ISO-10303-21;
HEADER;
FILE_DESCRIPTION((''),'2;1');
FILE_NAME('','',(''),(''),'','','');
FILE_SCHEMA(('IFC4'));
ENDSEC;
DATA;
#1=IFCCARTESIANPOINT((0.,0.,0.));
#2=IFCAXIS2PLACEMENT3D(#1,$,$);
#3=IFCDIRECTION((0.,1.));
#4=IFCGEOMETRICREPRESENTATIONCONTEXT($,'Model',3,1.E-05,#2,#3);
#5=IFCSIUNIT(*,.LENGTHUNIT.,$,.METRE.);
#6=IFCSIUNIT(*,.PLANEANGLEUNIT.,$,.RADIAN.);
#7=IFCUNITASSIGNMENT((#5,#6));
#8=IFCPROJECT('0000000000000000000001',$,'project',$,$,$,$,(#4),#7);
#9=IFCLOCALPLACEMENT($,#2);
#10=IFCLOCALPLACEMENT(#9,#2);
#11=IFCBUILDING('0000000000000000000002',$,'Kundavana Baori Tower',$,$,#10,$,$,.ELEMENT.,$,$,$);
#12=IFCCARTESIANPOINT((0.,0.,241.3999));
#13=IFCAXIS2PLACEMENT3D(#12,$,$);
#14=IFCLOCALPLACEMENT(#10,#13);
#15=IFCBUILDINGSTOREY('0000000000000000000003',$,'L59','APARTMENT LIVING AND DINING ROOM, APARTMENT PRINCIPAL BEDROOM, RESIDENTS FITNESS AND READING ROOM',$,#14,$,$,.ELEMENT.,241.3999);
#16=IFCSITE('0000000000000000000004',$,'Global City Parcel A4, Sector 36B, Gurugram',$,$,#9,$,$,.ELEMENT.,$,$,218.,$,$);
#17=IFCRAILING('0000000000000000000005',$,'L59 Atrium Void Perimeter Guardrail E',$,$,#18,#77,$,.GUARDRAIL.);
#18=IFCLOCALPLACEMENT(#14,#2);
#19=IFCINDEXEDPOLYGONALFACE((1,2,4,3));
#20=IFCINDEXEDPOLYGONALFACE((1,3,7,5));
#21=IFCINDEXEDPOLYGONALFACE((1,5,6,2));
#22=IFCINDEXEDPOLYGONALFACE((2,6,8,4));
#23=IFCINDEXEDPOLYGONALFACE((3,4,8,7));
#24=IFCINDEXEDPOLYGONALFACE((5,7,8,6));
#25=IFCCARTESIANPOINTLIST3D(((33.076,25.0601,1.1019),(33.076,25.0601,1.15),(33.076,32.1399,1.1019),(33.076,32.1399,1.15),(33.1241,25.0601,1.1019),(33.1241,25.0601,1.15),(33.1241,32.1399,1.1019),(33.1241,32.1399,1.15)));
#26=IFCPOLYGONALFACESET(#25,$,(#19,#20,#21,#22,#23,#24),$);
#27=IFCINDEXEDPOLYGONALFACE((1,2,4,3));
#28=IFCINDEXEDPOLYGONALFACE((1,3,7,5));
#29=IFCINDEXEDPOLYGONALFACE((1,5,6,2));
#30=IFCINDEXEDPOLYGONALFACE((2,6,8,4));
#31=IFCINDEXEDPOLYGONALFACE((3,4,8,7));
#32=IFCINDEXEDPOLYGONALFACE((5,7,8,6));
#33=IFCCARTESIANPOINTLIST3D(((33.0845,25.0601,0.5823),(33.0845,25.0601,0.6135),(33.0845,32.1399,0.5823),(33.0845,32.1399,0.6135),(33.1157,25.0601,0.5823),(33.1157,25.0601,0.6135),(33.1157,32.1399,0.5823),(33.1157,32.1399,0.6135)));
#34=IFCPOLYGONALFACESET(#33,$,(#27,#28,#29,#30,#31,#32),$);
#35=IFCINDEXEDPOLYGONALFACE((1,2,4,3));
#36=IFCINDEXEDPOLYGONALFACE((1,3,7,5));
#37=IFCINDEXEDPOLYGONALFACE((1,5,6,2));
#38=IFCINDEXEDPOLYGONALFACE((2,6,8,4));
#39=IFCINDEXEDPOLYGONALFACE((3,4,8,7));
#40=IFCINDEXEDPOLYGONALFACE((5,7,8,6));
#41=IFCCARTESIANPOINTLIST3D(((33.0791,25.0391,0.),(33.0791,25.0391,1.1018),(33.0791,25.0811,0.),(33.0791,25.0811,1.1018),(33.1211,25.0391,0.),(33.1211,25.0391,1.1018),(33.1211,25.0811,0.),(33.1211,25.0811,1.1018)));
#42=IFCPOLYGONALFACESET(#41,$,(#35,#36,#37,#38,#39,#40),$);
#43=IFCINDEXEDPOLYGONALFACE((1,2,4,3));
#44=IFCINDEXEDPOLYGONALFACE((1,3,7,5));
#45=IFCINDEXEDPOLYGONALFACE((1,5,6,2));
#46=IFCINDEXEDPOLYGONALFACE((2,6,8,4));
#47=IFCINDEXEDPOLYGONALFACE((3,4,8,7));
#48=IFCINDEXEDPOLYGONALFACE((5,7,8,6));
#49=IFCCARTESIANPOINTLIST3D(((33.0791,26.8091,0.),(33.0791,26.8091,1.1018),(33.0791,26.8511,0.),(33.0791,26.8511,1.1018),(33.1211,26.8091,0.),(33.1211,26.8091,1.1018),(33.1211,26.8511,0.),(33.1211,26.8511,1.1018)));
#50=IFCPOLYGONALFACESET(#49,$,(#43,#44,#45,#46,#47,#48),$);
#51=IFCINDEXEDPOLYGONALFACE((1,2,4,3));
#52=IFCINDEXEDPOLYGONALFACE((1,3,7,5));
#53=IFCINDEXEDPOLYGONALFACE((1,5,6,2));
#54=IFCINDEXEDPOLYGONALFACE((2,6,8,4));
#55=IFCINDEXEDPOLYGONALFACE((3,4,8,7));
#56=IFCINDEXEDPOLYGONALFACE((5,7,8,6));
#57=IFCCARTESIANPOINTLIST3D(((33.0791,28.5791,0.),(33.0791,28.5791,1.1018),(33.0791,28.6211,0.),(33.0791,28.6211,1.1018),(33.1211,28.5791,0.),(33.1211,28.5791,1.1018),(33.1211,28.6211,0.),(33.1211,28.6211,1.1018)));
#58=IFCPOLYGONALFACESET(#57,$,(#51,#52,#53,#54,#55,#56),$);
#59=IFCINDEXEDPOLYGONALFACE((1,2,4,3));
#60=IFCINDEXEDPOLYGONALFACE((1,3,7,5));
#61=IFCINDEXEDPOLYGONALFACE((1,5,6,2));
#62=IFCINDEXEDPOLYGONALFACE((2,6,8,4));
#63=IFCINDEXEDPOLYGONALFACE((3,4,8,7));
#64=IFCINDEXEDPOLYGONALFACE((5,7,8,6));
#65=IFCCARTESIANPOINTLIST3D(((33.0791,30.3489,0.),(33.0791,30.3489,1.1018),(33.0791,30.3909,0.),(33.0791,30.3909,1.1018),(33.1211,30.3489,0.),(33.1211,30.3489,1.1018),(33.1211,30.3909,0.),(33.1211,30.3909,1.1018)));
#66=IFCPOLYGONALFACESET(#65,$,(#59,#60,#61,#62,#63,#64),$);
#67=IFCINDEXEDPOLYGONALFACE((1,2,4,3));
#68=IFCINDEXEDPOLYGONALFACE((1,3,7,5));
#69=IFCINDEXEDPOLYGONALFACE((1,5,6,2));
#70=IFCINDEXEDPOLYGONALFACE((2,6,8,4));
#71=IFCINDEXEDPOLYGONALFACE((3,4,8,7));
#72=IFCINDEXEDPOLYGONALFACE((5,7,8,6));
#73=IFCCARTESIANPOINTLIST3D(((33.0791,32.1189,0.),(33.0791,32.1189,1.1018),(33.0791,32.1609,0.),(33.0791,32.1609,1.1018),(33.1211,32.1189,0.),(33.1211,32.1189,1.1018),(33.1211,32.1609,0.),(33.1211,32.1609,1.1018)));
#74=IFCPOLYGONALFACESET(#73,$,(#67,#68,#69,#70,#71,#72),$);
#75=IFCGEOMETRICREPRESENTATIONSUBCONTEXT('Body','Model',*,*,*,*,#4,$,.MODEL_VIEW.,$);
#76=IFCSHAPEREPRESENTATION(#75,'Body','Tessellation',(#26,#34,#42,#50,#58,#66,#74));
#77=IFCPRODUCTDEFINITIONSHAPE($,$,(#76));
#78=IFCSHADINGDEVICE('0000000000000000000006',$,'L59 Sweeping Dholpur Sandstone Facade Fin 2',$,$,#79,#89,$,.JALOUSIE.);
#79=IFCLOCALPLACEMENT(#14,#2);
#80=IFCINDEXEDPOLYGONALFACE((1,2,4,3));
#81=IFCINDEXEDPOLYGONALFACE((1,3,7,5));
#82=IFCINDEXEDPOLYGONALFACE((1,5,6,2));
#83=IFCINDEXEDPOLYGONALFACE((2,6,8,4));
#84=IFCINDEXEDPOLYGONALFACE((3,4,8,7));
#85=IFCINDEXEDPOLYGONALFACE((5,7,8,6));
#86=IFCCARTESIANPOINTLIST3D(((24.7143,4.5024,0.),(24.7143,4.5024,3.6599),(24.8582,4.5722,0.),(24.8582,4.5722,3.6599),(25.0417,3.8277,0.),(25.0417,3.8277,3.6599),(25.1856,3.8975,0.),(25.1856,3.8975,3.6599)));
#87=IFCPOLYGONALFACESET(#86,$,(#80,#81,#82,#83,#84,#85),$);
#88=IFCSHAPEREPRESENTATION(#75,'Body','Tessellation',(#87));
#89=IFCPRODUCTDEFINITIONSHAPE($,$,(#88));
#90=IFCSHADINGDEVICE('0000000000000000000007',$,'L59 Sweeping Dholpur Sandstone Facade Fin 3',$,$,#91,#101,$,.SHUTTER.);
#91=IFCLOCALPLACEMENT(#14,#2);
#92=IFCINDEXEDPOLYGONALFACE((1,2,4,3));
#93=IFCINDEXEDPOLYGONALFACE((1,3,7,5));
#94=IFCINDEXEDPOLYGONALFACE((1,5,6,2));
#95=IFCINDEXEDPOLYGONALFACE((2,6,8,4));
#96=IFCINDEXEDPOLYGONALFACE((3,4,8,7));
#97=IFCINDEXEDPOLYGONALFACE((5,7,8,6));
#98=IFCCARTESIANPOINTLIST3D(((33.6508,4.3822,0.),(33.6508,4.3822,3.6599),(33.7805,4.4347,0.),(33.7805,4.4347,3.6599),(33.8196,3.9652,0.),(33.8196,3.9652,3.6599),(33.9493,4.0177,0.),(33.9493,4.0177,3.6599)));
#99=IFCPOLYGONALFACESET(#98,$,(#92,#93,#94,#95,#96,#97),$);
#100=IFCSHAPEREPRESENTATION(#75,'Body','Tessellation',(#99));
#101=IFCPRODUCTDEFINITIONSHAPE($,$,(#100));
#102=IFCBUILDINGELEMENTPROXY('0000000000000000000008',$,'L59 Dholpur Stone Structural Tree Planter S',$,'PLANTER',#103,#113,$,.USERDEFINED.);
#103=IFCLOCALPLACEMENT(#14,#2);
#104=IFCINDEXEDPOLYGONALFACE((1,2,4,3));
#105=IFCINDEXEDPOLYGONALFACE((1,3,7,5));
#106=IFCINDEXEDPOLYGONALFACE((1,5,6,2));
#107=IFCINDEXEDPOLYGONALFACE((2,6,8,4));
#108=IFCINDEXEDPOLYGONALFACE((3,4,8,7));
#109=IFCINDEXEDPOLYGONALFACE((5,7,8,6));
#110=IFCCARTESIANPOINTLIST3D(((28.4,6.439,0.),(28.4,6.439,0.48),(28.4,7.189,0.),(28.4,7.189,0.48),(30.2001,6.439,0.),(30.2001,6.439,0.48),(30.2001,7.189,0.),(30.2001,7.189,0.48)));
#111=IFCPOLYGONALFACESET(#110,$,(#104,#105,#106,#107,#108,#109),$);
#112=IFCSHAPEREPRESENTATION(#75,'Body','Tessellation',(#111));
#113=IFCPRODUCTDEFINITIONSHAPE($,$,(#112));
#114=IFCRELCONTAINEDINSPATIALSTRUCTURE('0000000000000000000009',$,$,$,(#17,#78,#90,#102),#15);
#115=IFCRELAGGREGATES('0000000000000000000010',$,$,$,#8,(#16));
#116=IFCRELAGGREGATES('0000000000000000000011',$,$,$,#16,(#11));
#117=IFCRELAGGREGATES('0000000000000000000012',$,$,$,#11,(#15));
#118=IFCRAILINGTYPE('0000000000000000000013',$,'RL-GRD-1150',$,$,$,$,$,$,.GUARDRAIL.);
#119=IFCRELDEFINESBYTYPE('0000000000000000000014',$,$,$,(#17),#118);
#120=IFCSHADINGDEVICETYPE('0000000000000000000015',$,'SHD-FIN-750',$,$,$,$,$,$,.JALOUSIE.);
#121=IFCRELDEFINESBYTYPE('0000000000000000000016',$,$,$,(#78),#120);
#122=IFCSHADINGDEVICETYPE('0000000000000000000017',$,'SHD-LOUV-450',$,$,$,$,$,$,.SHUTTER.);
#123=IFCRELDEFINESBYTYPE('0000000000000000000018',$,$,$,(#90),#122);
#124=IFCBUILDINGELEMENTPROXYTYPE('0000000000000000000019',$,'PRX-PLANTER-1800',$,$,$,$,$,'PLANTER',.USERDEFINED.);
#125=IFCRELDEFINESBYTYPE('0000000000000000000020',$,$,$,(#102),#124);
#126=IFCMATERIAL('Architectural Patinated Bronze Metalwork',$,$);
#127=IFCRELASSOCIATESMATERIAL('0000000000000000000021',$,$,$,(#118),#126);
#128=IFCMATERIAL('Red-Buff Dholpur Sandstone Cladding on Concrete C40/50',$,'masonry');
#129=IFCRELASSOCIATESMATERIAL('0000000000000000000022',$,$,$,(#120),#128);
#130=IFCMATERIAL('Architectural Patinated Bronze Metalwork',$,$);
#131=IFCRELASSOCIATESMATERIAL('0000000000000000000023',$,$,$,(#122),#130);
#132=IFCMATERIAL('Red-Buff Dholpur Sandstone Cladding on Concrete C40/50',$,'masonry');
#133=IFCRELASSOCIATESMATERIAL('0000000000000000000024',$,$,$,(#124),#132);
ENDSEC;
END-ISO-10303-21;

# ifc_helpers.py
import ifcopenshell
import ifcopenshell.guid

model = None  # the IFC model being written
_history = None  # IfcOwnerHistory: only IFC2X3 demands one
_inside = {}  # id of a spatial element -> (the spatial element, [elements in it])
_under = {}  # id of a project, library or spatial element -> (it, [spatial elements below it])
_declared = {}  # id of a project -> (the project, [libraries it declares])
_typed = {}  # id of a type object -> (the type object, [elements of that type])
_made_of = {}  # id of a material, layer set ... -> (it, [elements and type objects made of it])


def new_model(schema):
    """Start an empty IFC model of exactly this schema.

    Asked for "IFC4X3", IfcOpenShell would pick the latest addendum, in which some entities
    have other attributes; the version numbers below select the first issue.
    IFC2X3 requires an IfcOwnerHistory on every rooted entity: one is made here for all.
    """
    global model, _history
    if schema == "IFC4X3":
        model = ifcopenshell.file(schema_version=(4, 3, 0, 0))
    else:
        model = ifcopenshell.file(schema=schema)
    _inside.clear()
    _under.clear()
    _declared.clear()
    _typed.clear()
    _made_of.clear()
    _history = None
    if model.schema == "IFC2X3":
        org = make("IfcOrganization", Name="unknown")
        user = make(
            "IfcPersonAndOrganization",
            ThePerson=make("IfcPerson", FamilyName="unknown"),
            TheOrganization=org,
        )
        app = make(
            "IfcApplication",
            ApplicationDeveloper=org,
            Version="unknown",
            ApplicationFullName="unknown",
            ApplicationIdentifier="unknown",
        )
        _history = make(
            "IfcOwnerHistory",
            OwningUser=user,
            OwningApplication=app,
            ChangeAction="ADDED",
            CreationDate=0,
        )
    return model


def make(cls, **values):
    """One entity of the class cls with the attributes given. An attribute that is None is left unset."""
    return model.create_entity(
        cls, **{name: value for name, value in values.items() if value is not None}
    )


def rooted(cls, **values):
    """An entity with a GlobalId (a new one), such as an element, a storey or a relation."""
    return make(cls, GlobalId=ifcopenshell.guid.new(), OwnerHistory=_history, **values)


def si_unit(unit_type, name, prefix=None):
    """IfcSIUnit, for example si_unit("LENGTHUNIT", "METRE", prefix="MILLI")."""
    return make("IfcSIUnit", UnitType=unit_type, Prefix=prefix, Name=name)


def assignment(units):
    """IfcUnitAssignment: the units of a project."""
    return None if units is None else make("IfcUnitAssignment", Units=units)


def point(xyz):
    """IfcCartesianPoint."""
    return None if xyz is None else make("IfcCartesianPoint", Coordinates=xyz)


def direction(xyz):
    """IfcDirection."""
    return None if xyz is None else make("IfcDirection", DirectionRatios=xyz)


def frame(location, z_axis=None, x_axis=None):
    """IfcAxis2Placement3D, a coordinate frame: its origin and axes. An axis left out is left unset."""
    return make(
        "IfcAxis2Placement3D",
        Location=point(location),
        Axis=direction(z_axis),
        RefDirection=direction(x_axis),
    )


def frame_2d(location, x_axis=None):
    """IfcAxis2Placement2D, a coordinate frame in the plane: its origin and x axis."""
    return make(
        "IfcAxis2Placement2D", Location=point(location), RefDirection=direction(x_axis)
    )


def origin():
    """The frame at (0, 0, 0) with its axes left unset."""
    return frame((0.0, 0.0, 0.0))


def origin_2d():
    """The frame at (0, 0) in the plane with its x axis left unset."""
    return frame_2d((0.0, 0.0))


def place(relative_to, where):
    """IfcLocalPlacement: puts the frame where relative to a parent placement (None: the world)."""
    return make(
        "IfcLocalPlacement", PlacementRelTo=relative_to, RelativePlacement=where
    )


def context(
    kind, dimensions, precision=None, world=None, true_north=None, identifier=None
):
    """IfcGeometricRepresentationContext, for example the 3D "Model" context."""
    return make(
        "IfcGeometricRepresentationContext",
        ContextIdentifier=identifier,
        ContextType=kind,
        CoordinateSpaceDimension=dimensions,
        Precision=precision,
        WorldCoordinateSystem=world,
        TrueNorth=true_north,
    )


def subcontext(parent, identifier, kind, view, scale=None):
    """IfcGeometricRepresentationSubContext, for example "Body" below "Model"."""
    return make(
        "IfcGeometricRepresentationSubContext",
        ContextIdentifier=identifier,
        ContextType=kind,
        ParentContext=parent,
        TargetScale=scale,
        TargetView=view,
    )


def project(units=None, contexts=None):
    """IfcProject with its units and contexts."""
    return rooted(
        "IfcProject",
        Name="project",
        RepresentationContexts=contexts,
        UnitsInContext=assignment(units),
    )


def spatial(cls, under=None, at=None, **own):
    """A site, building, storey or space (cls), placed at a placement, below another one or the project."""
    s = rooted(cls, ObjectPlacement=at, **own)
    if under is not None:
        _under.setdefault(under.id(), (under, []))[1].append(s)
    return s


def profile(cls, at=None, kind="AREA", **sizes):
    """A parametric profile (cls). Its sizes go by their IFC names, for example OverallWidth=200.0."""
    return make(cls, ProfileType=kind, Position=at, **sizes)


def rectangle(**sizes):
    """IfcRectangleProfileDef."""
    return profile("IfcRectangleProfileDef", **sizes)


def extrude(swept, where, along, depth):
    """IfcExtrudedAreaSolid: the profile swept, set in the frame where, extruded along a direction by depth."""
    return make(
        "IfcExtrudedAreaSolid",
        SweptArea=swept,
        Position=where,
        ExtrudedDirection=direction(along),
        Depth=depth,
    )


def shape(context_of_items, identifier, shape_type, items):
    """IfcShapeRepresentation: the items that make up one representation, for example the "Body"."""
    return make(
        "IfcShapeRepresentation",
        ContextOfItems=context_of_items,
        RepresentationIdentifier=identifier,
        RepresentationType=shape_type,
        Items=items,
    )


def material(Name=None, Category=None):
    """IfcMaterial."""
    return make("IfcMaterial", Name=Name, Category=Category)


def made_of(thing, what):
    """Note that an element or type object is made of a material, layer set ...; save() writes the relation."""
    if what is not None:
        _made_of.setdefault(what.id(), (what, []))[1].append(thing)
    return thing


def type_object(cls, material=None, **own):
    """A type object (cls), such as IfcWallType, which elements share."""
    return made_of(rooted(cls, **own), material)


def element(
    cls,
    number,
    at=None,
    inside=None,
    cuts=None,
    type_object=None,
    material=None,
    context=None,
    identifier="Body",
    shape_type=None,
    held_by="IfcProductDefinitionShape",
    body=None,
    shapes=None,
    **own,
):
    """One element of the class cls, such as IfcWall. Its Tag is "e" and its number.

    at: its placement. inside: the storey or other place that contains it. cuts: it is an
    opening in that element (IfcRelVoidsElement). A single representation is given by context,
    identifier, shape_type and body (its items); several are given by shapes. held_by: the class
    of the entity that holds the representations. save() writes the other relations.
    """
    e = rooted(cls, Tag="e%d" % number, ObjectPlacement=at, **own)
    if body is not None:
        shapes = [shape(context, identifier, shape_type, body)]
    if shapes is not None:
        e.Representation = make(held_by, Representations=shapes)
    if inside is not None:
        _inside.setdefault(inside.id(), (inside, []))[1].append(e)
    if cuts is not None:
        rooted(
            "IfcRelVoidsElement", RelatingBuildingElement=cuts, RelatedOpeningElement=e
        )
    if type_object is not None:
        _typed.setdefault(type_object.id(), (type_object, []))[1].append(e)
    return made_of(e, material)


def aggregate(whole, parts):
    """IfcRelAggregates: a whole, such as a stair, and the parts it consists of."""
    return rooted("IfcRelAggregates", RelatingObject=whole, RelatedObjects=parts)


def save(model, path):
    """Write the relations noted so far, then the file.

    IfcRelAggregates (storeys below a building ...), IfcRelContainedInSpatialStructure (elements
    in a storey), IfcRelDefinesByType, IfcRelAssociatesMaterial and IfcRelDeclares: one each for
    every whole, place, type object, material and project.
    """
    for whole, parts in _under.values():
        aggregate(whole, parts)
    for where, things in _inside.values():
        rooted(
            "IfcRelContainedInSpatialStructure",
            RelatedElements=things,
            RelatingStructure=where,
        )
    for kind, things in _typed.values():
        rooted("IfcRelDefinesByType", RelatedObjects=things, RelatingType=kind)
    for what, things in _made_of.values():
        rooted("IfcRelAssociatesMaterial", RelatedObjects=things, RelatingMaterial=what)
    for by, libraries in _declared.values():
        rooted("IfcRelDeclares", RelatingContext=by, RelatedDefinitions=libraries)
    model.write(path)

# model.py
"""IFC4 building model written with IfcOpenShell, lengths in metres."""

from ifc_helpers import new_model, si_unit, direction, frame, origin, origin_2d, place, context, subcontext, project, spatial, rectangle, extrude, material, type_object, element, save


model = new_model("IFC4")

# Units and contexts
model_context = context("Model", 3, precision=1e-05, world=origin(), true_north=direction((0.0, 1.0)))
body_context = subcontext(model_context, "Body", "Model", "MODEL_VIEW")
ifc_project = project(units=[si_unit("LENGTHUNIT", "METRE"), si_unit("PLANEANGLEUNIT", "RADIAN")], contexts=[model_context])

# Site, building, storey
site_placement = place(None, origin())
site = spatial("IfcSite", under=ifc_project, at=site_placement, Name="Global City Parcel A4, Sector 36B, Gurugram", CompositionType="ELEMENT", RefElevation=218.0)
building_placement = place(site_placement, origin())
building = spatial("IfcBuilding", under=site, at=building_placement, Name="Kundavana Baori Tower", CompositionType="ELEMENT")
storey_placement = place(building_placement, frame((0.0, 0.0, 241.3999)))
storey = spatial("IfcBuildingStorey", under=building, at=storey_placement, Name="L59", Description="APARTMENT LIVING AND DINING ROOM, APARTMENT PRINCIPAL BEDROOM, RESIDENTS FITNESS AND READING ROOM", CompositionType="ELEMENT", Elevation=241.3999)

# Railing
ifc_material_1 = material(Name="Architectural Patinated Bronze Metalwork")
railing_type = type_object("IfcRailingType", Name="RL-GRD-1150", PredefinedType="GUARDRAIL", material=ifc_material_1)
railing_1_placement = place(storey_placement, frame((33.1001, 25.0601, 0.0)))
element("IfcRailing", 1, at=railing_1_placement, inside=storey, type_object=railing_type, Name="L59 Atrium Void Perimeter Guardrail E", PredefinedType="GUARDRAIL", context=body_context, shape_type="SweptSolid", body=[
    extrude(rectangle(XDim=0.0481, YDim=0.0481, at=origin_2d()), frame((0.0, 0.0, 1.126), z_axis=(0.0, 1.0, 0.0), x_axis=(-1.0, 0.0, 0.0)), (0.0, 0.0, 1.0), 7.0798),
    extrude(rectangle(XDim=0.0312, YDim=0.0312, at=origin_2d()), frame((0.0, 0.0, 0.5979), z_axis=(0.0, 1.0, 0.0), x_axis=(-1.0, 0.0, 0.0)), (0.0, 0.0, 1.0), 7.0798),
    extrude(rectangle(XDim=0.042, YDim=0.042, at=origin_2d()), origin(), (0.0, 0.0, 1.0), 1.1018),
    extrude(rectangle(XDim=0.042, YDim=0.042, at=origin_2d()), frame((0.0, 1.77, 0.0)), (0.0, 0.0, 1.0), 1.1018),
    extrude(rectangle(XDim=0.042, YDim=0.042, at=origin_2d()), frame((0.0, 3.54, 0.0)), (0.0, 0.0, 1.0), 1.1018),
    extrude(rectangle(XDim=0.042, YDim=0.042, at=origin_2d()), frame((0.0, 5.3098, 0.0)), (0.0, 0.0, 1.0), 1.1018),
    extrude(rectangle(XDim=0.042, YDim=0.042, at=origin_2d()), frame((0.0, 7.0798, 0.0)), (0.0, 0.0, 1.0), 1.1018),
])

# Shading devices
ifc_material_2 = material(Name="Red-Buff Dholpur Sandstone Cladding on Concrete C40/50", Category="masonry")
shading_device_type_1 = type_object("IfcShadingDeviceType", Name="SHD-FIN-750", PredefinedType="JALOUSIE", material=ifc_material_2)
shading_device_1_placement = place(storey_placement, frame((24.95, 4.2, 0.0), z_axis=(0.0, 0.0, 1.0), x_axis=(0.89971, 0.436488, 0.0)))
element("IfcShadingDevice", 2, at=shading_device_1_placement, inside=storey, type_object=shading_device_type_1, Name="L59 Sweeping Dholpur Sandstone Facade Fin 2", PredefinedType="JALOUSIE", context=body_context, shape_type="SweptSolid", body=[
    extrude(rectangle(XDim=0.1599, YDim=0.75, at=origin_2d()), origin(), (0.0, 0.0, 1.0), 3.6599),
])
ifc_material_3 = material(Name="Architectural Patinated Bronze Metalwork")
shading_device_type_2 = type_object("IfcShadingDeviceType", Name="SHD-LOUV-450", PredefinedType="SHUTTER", material=ifc_material_3)
shading_device_2_placement = place(storey_placement, frame((33.8, 4.2, 0.0), z_axis=(0.0, 0.0, 1.0), x_axis=(0.926922, 0.375254, 0.0)))
element("IfcShadingDevice", 3, at=shading_device_2_placement, inside=storey, type_object=shading_device_type_2, Name="L59 Sweeping Dholpur Sandstone Facade Fin 3", PredefinedType="SHUTTER", context=body_context, shape_type="SweptSolid", body=[
    extrude(rectangle(XDim=0.1399, YDim=0.45, at=origin_2d()), origin(), (0.0, 0.0, 1.0), 3.6599),
])

# Building element proxy
ifc_material_4 = material(Name="Red-Buff Dholpur Sandstone Cladding on Concrete C40/50", Category="masonry")
building_element_proxy_type = type_object("IfcBuildingElementProxyType", Name="PRX-PLANTER-1800", ElementType="PLANTER", PredefinedType="USERDEFINED", material=ifc_material_4)
proxy_placement = place(storey_placement, frame((29.3, 6.814, 0.0), z_axis=(0.0, 0.0, 1.0), x_axis=(1.0, 0.0, 0.0)))
element("IfcBuildingElementProxy", 4, at=proxy_placement, inside=storey, type_object=building_element_proxy_type, Name="L59 Dholpur Stone Structural Tree Planter S", ObjectType="PLANTER", PredefinedType="USERDEFINED", context=body_context, shape_type="SweptSolid", body=[
    extrude(rectangle(XDim=1.8, YDim=0.75, at=origin_2d()), origin(), (0.0, 0.0, 1.0), 0.48),
])

save(model, "model.ifc")
